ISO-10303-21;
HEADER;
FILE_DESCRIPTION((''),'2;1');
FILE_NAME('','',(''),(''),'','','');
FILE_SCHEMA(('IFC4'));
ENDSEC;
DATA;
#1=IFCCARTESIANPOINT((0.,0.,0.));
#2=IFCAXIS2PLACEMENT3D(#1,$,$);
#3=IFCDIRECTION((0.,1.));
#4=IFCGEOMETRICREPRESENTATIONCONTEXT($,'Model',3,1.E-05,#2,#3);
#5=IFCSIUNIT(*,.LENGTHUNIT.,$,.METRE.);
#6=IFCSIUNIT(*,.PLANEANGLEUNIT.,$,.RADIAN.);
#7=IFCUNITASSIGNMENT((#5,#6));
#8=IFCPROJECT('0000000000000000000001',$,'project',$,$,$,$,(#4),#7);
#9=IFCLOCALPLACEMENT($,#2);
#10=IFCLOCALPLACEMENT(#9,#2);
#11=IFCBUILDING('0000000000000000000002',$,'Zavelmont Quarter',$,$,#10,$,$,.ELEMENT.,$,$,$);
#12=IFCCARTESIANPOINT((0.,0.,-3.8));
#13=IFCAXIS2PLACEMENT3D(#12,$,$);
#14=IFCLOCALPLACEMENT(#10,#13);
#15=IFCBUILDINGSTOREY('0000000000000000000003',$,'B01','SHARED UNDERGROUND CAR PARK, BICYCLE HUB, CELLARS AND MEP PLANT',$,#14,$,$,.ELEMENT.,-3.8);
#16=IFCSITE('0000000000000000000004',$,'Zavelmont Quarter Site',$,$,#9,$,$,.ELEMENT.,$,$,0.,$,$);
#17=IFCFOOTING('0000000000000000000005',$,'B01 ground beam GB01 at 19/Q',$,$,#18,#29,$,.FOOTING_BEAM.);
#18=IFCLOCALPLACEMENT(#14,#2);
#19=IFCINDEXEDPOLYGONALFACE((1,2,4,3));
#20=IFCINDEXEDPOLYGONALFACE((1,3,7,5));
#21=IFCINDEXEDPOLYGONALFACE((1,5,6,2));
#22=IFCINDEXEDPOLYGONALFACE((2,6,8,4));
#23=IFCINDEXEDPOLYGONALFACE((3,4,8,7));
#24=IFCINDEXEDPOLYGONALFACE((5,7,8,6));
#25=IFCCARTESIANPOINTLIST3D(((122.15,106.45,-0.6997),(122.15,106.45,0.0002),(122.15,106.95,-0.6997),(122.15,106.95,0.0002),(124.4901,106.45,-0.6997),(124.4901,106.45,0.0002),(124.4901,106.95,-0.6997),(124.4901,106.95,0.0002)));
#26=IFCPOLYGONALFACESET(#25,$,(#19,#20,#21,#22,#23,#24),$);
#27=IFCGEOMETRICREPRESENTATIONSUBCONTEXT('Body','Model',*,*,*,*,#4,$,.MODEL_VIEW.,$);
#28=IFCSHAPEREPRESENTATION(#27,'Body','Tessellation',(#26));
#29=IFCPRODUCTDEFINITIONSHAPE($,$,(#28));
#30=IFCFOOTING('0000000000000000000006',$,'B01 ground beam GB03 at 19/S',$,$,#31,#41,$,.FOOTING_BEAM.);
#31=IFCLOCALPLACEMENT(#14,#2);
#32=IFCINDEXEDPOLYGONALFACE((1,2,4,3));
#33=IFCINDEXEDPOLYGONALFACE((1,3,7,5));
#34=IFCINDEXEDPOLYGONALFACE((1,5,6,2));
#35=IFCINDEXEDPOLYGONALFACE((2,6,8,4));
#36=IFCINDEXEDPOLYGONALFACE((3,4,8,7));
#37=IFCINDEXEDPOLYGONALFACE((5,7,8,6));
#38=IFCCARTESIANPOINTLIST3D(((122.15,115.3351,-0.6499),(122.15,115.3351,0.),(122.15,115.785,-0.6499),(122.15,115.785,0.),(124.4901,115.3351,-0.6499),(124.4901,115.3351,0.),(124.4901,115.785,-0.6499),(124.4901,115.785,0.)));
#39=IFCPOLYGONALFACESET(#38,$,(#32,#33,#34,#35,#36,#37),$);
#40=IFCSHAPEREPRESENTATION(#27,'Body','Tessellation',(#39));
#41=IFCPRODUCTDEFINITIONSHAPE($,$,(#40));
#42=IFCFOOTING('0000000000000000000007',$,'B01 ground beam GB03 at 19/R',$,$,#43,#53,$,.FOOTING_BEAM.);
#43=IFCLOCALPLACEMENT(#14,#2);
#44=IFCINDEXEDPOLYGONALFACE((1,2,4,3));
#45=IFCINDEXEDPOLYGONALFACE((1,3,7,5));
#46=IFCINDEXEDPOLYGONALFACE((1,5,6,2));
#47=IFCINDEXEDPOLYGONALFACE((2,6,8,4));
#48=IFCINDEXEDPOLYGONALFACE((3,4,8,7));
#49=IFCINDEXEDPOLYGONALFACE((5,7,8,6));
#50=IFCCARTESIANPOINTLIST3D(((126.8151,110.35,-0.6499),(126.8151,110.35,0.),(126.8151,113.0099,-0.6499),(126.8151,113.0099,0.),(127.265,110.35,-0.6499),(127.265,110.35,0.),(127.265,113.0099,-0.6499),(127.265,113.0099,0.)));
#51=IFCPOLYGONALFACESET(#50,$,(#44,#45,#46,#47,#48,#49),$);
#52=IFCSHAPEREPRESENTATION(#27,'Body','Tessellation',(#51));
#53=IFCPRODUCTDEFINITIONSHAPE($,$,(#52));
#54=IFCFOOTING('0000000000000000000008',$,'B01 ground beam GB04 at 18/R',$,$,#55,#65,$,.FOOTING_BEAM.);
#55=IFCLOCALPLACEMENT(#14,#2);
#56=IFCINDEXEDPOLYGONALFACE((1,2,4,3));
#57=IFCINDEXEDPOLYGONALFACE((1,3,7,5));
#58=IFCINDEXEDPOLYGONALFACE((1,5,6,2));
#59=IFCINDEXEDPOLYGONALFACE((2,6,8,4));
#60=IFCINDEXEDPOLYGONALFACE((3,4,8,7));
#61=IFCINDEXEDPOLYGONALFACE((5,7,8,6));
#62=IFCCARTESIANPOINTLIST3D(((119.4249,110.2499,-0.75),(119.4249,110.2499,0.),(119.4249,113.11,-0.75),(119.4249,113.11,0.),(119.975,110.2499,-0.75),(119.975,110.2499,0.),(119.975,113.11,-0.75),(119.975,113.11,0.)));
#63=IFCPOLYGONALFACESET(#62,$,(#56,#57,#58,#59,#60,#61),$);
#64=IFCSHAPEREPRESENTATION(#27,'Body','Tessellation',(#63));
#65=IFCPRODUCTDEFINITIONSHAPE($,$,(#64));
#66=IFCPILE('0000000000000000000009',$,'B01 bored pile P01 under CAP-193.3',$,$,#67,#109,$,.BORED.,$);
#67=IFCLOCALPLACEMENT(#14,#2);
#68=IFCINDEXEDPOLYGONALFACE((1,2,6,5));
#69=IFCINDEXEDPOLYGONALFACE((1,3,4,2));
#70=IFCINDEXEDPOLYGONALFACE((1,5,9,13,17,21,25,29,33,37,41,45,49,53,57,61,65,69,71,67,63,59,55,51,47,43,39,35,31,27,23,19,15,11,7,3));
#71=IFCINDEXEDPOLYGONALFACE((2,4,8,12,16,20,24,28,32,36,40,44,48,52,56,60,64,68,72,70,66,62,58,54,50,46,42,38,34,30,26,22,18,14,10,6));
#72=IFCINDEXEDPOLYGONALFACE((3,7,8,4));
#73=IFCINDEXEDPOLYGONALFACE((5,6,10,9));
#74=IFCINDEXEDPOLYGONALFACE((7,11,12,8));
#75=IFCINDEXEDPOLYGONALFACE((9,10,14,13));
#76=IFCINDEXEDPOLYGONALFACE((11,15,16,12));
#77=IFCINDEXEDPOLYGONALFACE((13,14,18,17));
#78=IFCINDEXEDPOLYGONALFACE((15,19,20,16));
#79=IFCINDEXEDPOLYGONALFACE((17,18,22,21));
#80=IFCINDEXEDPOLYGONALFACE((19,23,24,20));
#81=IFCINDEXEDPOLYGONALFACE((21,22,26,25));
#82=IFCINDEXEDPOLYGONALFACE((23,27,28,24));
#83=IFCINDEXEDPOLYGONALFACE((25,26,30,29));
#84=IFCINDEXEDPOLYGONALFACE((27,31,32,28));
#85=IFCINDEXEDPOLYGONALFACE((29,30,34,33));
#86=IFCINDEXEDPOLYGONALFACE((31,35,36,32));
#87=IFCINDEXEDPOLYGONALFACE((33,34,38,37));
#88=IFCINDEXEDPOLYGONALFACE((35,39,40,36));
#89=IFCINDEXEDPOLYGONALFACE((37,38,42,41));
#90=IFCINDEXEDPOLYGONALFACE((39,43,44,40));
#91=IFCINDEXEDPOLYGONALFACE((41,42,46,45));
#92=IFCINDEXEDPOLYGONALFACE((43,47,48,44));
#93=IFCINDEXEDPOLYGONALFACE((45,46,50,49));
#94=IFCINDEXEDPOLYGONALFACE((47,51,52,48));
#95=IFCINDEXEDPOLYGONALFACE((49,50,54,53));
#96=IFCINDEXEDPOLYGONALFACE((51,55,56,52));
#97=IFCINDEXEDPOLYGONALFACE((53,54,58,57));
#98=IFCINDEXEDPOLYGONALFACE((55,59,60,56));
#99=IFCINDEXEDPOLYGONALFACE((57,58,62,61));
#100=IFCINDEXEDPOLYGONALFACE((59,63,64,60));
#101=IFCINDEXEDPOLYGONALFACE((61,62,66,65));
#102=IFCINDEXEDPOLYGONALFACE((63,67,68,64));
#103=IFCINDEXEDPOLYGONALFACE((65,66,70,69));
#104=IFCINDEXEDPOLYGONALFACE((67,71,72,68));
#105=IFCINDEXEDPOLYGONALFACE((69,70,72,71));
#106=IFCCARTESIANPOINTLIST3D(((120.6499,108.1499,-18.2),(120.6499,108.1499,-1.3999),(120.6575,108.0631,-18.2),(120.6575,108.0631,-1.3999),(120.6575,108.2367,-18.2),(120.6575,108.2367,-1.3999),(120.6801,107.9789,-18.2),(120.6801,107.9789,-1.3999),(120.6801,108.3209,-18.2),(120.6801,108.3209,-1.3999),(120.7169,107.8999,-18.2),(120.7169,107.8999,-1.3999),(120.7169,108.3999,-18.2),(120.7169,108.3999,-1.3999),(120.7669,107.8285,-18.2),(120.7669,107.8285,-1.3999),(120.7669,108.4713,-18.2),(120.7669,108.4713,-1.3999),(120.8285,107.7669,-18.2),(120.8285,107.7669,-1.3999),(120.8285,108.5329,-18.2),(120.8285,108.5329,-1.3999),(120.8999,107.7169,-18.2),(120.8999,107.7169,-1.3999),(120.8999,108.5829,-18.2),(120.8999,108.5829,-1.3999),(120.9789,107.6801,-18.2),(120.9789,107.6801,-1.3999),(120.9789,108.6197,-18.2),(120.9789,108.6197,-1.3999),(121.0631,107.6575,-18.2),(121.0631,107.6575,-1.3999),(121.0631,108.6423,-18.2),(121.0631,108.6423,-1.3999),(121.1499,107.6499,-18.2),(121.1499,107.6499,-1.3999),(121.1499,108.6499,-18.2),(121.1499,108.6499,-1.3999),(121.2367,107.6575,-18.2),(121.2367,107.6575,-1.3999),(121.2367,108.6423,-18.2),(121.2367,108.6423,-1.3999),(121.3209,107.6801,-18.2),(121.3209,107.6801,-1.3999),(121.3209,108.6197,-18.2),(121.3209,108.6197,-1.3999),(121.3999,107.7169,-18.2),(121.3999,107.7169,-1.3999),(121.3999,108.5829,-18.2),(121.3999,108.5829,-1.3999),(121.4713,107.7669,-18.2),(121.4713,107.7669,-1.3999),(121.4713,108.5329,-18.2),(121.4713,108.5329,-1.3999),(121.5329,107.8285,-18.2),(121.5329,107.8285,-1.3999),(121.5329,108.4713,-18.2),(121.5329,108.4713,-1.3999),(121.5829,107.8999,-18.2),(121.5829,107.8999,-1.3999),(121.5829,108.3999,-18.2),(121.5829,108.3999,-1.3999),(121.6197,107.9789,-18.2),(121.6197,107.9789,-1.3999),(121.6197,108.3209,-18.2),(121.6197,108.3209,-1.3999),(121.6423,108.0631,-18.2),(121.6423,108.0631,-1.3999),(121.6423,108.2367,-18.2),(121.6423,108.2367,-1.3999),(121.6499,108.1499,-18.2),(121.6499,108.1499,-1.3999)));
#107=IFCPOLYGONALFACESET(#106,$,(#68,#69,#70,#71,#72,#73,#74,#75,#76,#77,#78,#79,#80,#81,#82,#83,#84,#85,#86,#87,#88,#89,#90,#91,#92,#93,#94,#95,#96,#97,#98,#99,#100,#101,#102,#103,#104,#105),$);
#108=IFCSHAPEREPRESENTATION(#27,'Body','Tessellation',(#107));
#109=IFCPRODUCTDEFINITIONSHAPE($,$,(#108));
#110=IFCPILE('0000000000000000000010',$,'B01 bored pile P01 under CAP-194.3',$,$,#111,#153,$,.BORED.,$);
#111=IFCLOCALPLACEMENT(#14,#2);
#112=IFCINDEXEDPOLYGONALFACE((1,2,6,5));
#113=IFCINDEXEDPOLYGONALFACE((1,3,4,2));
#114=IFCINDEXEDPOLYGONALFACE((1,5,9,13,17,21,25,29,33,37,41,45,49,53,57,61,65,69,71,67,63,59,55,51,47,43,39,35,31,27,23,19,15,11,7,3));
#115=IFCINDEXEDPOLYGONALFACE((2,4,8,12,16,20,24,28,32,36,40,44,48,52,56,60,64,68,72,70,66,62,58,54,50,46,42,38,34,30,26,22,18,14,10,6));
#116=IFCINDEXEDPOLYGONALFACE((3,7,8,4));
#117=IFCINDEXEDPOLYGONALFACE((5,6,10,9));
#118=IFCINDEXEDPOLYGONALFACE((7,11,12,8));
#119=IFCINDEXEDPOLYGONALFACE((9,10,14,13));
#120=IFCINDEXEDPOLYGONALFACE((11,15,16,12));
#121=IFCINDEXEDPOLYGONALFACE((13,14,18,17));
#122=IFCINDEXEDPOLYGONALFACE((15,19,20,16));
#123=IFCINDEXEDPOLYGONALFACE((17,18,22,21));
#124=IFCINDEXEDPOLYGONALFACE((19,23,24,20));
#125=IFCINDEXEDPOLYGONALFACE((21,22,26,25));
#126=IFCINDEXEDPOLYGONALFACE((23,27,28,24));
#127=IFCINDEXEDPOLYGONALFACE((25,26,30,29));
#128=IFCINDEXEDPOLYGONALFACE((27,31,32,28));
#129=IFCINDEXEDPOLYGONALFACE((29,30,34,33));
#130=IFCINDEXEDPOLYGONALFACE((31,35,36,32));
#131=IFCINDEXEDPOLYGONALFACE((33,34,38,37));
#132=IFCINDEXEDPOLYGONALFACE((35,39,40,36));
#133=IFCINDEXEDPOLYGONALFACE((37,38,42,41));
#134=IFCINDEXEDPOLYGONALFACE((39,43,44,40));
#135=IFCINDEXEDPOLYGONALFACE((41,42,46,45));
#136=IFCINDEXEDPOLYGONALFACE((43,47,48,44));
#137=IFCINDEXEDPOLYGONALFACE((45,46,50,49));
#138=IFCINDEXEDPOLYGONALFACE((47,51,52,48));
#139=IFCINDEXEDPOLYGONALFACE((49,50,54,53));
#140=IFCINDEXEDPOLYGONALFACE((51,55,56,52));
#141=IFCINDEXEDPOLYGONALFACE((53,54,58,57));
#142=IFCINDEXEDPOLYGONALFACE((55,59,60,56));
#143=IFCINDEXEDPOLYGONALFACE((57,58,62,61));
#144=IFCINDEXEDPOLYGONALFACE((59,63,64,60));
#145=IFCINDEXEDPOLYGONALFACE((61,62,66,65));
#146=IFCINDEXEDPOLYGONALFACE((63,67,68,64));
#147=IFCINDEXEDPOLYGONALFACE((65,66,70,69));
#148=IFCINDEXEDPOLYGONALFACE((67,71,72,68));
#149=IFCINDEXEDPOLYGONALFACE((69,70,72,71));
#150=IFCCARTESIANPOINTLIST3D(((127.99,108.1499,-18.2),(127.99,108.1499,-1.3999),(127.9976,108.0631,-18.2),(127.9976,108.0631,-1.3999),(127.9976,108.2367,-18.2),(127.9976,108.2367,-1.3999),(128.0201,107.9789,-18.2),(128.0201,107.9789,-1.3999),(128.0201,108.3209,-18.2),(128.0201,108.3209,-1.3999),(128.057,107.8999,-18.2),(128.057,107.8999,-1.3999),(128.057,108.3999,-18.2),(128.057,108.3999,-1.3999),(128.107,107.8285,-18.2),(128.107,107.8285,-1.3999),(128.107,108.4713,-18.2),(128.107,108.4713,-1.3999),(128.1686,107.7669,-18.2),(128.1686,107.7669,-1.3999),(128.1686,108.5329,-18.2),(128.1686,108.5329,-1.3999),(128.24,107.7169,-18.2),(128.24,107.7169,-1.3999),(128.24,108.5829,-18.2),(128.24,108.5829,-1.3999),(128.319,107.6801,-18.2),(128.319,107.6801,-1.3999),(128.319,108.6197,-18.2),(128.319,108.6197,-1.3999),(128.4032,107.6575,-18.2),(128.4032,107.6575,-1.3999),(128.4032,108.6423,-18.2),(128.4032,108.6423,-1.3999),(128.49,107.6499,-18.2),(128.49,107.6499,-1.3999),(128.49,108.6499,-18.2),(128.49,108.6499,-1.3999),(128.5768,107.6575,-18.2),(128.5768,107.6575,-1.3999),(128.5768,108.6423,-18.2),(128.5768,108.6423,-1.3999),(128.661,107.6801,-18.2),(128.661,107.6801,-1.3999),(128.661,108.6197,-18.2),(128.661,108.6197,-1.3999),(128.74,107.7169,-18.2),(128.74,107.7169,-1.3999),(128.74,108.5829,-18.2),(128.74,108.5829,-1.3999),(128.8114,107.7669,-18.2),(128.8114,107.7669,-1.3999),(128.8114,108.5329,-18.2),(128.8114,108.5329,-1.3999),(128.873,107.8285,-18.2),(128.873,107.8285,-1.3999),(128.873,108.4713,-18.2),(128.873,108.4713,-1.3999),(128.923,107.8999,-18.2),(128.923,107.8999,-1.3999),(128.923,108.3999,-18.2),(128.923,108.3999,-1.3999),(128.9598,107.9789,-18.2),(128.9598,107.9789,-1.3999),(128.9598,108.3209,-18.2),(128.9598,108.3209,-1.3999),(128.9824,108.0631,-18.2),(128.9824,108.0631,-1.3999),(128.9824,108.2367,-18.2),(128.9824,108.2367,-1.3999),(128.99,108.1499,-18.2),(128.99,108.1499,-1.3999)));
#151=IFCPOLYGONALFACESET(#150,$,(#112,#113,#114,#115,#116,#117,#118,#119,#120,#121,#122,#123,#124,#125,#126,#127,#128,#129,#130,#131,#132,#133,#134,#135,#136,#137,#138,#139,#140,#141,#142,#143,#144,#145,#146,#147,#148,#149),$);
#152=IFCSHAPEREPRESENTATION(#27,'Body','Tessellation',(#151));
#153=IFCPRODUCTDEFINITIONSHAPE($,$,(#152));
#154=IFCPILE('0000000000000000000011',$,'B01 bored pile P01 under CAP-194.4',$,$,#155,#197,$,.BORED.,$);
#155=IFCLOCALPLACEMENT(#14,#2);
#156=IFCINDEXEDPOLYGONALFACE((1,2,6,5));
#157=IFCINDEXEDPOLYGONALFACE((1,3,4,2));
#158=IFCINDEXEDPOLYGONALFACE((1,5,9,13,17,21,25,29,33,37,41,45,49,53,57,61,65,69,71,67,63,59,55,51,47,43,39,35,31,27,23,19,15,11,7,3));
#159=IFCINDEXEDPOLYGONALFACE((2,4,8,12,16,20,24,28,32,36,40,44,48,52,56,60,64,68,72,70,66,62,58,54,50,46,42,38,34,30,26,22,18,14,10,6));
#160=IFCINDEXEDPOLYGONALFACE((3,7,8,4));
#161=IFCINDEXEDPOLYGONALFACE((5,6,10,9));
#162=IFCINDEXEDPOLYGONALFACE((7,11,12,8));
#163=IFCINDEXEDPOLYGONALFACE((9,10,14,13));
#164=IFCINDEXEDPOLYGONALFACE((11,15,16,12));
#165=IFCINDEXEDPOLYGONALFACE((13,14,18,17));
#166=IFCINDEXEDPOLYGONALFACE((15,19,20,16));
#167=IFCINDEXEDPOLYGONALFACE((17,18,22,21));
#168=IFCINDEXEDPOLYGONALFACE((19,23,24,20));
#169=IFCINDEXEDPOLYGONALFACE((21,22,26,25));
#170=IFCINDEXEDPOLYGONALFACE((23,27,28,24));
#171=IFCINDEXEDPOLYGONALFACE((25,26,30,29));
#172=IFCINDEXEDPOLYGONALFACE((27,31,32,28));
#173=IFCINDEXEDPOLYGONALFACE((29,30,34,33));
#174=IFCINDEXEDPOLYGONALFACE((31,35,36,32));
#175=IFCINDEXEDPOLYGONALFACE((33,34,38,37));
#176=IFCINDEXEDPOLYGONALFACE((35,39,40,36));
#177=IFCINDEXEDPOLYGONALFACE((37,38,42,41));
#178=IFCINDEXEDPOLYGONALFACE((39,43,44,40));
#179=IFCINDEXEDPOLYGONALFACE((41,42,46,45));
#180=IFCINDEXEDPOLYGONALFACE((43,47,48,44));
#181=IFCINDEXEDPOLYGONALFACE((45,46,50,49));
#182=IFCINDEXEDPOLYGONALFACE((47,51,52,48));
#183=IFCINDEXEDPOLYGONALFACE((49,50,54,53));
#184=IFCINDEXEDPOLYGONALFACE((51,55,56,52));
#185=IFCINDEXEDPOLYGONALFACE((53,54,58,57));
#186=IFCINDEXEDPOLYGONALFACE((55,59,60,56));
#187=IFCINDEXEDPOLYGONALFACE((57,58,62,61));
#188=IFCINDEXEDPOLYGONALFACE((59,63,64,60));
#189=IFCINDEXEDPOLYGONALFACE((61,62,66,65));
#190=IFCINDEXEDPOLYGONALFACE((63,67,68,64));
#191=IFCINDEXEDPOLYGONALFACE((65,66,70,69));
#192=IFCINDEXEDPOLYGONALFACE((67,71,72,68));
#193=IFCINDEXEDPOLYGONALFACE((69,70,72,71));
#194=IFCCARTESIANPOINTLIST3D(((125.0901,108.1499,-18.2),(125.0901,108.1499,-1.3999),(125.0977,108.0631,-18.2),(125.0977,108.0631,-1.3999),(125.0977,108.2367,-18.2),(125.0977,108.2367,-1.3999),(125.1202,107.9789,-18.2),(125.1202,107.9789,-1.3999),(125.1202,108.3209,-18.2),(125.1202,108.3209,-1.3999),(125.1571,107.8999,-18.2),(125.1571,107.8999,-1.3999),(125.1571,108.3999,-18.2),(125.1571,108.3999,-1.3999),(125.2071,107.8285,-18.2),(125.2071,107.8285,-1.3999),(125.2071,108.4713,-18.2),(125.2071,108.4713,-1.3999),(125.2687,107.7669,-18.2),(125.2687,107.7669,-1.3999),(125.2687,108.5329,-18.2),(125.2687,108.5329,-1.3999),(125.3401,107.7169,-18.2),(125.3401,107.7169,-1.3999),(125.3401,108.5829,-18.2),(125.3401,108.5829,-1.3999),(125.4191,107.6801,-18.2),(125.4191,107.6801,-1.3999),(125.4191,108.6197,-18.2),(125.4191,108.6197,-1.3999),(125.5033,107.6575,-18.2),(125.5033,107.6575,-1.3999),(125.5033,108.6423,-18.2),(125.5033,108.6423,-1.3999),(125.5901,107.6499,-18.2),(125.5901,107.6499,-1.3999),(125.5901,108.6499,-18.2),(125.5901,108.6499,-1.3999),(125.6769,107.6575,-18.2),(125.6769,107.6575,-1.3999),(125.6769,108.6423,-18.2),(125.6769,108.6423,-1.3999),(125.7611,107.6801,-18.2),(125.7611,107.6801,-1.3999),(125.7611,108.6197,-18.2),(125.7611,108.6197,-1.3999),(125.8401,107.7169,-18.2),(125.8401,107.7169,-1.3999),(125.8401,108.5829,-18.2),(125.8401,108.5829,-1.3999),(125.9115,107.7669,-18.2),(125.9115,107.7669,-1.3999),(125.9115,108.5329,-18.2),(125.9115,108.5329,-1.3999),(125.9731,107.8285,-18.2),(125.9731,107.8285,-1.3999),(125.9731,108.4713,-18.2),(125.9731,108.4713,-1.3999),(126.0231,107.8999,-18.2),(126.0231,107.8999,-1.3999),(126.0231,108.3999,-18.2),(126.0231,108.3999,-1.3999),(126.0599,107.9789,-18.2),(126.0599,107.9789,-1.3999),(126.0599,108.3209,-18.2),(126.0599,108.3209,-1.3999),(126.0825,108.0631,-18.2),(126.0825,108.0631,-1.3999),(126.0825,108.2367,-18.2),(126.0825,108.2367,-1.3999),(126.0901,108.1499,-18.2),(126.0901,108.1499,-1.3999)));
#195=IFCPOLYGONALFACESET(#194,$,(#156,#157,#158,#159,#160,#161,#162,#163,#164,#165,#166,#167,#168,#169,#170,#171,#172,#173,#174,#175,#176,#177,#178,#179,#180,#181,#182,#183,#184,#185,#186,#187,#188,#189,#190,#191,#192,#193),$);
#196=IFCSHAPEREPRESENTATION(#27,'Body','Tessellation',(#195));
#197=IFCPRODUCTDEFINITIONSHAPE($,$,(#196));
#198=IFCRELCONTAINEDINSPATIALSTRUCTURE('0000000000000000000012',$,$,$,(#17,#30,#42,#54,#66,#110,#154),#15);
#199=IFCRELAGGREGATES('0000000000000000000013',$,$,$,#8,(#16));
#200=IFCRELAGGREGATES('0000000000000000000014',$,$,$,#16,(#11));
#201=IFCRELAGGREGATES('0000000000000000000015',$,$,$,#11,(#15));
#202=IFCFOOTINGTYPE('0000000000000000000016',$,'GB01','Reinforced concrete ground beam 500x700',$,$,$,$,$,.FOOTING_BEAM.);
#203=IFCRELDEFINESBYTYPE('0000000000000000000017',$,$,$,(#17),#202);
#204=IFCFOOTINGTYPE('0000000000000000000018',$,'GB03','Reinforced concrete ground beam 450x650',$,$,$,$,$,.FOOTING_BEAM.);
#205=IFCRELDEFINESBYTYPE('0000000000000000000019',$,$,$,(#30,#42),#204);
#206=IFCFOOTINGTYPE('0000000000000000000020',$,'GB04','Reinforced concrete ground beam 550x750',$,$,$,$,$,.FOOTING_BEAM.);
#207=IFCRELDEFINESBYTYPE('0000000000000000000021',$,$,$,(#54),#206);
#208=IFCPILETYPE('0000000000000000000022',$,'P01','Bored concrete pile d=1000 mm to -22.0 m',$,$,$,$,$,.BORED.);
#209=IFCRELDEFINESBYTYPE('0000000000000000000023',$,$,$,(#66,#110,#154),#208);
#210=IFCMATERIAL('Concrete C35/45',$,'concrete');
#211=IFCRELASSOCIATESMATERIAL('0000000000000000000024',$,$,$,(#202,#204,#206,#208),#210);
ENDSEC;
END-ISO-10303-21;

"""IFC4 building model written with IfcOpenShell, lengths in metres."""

from ifc_helpers import new_model, si_unit, direction, frame, origin, origin_2d, place, context, subcontext, project, spatial, rectangle, circle, extrude, material, material_profile, profile_set, type_object, element, save


model = new_model("IFC4")

# Units and contexts
model_context = context("Model", 3, precision=1e-05, world=origin(), true_north=direction((0.0, 1.0)))
body_context = subcontext(model_context, "Body", "Model", "MODEL_VIEW")
ifc_project = project(units=[si_unit("LENGTHUNIT", "METRE"), si_unit("PLANEANGLEUNIT", "RADIAN")], contexts=[model_context])

# Site, building, storey
site_placement = place(None, origin())
site = spatial("IfcSite", under=ifc_project, at=site_placement, Name="Zavelmont Quarter Site", CompositionType="ELEMENT", RefElevation=0.0)
building_placement = place(site_placement, origin())
building = spatial("IfcBuilding", under=site, at=building_placement, Name="Zavelmont Quarter", CompositionType="ELEMENT")
storey_placement = place(building_placement, frame((0.0, 0.0, -3.8)))
storey = spatial("IfcBuildingStorey", under=building, at=storey_placement, Name="B01", Description="SHARED UNDERGROUND CAR PARK, BICYCLE HUB, CELLARS AND MEP PLANT", CompositionType="ELEMENT", Elevation=-3.8)

# Footings
ifc_material_1 = material(Name="Concrete C35/45", Category="concrete")
footing_type_1 = type_object("IfcFootingType", Name="GB01", Description="Reinforced concrete ground beam 500x700", PredefinedType="FOOTING_BEAM", material=ifc_material_1)
footing_1_placement = place(storey_placement, frame((123.3201, 106.7, -0.6997), z_axis=(0.0, 0.0, 1.0), x_axis=(1.0, 0.0, 0.0)))
element("IfcFooting", 1, at=footing_1_placement, inside=storey, type_object=footing_type_1, Name="B01 ground beam GB01 at 19/Q", PredefinedType="FOOTING_BEAM", context=body_context, shape_type="SweptSolid", body=[
    extrude(rectangle(XDim=2.3401, YDim=0.5, at=origin_2d()), origin(), (0.0, 0.0, 1.0), 0.7),
])
footing_type_2 = type_object("IfcFootingType", Name="GB03", Description="Reinforced concrete ground beam 450x650", PredefinedType="FOOTING_BEAM", material=ifc_material_1)
footing_2_placement = place(storey_placement, frame((123.3201, 115.5601, -0.6499), z_axis=(0.0, 0.0, 1.0), x_axis=(1.0, 0.0, 0.0)))
element("IfcFooting", 2, at=footing_2_placement, inside=storey, type_object=footing_type_2, Name="B01 ground beam GB03 at 19/S", PredefinedType="FOOTING_BEAM", context=body_context, shape_type="SweptSolid", body=[
    extrude(rectangle(XDim=2.3401, YDim=0.45, at=origin_2d()), origin(), (0.0, 0.0, 1.0), 0.6499),
])
footing_3_placement = place(storey_placement, frame((127.04, 111.6799, -0.6499), z_axis=(0.0, 0.0, 1.0), x_axis=(0.0, 1.0, 0.0)))
element("IfcFooting", 3, at=footing_3_placement, inside=storey, type_object=footing_type_2, Name="B01 ground beam GB03 at 19/R", PredefinedType="FOOTING_BEAM", context=body_context, shape_type="SweptSolid", body=[
    extrude(rectangle(XDim=2.6599, YDim=0.45, at=origin_2d()), origin(), (0.0, 0.0, 1.0), 0.6499),
])
footing_type_3 = type_object("IfcFootingType", Name="GB04", Description="Reinforced concrete ground beam 550x750", PredefinedType="FOOTING_BEAM", material=ifc_material_1)
footing_4_placement = place(storey_placement, frame((119.7, 111.6799, -0.75), z_axis=(0.0, 0.0, 1.0), x_axis=(0.0, 1.0, 0.0)))
element("IfcFooting", 4, at=footing_4_placement, inside=storey, type_object=footing_type_3, Name="B01 ground beam GB04 at 18/R", PredefinedType="FOOTING_BEAM", context=body_context, shape_type="SweptSolid", body=[
    extrude(rectangle(XDim=2.8601, YDim=0.55, at=origin_2d()), origin(), (0.0, 0.0, 1.0), 0.75),
])

# Piles
ifc_material_profile_1 = material_profile(ifc_material_1, circle(Radius=0.5, at=origin_2d()), Name="BP1000")
ifc_profile_set_1 = profile_set([ifc_material_profile_1], Name="Concrete C35/45")
pile_type = type_object("IfcPileType", Name="P01", Description="Bored concrete pile d=1000 mm to -22.0 m", PredefinedType="BORED", material=ifc_profile_set_1)
for number, where, z_axis, x_axis, name in (
    (5, (121.1499, 108.1499, -1.3999), (0.0, 0.0, -1.0), (1.0, 0.0, 0.0), "B01 bored pile P01 under CAP-193.3"),
    (6, (128.49, 108.1499, -1.3999), (0.0, 0.0, -1.0), (1.0, 0.0, 0.0), "B01 bored pile P01 under CAP-194.3"),
    (7, (125.5901, 108.1499, -1.3999), (0.0, 0.0, -1.0), (1.0, 0.0, 0.0), "B01 bored pile P01 under CAP-194.4"),
):
    element("IfcPile", number, at=place(storey_placement, frame(where, z_axis=z_axis, x_axis=x_axis)), inside=storey, type_object=pile_type, Name=name, PredefinedType="BORED", context=body_context, shape_type="SweptSolid", body=[
        extrude(circle(Radius=0.5, at=origin_2d()), origin(), (0.0, 0.0, 1.0), 16.8),
    ])

save(model, "model.ifc")
